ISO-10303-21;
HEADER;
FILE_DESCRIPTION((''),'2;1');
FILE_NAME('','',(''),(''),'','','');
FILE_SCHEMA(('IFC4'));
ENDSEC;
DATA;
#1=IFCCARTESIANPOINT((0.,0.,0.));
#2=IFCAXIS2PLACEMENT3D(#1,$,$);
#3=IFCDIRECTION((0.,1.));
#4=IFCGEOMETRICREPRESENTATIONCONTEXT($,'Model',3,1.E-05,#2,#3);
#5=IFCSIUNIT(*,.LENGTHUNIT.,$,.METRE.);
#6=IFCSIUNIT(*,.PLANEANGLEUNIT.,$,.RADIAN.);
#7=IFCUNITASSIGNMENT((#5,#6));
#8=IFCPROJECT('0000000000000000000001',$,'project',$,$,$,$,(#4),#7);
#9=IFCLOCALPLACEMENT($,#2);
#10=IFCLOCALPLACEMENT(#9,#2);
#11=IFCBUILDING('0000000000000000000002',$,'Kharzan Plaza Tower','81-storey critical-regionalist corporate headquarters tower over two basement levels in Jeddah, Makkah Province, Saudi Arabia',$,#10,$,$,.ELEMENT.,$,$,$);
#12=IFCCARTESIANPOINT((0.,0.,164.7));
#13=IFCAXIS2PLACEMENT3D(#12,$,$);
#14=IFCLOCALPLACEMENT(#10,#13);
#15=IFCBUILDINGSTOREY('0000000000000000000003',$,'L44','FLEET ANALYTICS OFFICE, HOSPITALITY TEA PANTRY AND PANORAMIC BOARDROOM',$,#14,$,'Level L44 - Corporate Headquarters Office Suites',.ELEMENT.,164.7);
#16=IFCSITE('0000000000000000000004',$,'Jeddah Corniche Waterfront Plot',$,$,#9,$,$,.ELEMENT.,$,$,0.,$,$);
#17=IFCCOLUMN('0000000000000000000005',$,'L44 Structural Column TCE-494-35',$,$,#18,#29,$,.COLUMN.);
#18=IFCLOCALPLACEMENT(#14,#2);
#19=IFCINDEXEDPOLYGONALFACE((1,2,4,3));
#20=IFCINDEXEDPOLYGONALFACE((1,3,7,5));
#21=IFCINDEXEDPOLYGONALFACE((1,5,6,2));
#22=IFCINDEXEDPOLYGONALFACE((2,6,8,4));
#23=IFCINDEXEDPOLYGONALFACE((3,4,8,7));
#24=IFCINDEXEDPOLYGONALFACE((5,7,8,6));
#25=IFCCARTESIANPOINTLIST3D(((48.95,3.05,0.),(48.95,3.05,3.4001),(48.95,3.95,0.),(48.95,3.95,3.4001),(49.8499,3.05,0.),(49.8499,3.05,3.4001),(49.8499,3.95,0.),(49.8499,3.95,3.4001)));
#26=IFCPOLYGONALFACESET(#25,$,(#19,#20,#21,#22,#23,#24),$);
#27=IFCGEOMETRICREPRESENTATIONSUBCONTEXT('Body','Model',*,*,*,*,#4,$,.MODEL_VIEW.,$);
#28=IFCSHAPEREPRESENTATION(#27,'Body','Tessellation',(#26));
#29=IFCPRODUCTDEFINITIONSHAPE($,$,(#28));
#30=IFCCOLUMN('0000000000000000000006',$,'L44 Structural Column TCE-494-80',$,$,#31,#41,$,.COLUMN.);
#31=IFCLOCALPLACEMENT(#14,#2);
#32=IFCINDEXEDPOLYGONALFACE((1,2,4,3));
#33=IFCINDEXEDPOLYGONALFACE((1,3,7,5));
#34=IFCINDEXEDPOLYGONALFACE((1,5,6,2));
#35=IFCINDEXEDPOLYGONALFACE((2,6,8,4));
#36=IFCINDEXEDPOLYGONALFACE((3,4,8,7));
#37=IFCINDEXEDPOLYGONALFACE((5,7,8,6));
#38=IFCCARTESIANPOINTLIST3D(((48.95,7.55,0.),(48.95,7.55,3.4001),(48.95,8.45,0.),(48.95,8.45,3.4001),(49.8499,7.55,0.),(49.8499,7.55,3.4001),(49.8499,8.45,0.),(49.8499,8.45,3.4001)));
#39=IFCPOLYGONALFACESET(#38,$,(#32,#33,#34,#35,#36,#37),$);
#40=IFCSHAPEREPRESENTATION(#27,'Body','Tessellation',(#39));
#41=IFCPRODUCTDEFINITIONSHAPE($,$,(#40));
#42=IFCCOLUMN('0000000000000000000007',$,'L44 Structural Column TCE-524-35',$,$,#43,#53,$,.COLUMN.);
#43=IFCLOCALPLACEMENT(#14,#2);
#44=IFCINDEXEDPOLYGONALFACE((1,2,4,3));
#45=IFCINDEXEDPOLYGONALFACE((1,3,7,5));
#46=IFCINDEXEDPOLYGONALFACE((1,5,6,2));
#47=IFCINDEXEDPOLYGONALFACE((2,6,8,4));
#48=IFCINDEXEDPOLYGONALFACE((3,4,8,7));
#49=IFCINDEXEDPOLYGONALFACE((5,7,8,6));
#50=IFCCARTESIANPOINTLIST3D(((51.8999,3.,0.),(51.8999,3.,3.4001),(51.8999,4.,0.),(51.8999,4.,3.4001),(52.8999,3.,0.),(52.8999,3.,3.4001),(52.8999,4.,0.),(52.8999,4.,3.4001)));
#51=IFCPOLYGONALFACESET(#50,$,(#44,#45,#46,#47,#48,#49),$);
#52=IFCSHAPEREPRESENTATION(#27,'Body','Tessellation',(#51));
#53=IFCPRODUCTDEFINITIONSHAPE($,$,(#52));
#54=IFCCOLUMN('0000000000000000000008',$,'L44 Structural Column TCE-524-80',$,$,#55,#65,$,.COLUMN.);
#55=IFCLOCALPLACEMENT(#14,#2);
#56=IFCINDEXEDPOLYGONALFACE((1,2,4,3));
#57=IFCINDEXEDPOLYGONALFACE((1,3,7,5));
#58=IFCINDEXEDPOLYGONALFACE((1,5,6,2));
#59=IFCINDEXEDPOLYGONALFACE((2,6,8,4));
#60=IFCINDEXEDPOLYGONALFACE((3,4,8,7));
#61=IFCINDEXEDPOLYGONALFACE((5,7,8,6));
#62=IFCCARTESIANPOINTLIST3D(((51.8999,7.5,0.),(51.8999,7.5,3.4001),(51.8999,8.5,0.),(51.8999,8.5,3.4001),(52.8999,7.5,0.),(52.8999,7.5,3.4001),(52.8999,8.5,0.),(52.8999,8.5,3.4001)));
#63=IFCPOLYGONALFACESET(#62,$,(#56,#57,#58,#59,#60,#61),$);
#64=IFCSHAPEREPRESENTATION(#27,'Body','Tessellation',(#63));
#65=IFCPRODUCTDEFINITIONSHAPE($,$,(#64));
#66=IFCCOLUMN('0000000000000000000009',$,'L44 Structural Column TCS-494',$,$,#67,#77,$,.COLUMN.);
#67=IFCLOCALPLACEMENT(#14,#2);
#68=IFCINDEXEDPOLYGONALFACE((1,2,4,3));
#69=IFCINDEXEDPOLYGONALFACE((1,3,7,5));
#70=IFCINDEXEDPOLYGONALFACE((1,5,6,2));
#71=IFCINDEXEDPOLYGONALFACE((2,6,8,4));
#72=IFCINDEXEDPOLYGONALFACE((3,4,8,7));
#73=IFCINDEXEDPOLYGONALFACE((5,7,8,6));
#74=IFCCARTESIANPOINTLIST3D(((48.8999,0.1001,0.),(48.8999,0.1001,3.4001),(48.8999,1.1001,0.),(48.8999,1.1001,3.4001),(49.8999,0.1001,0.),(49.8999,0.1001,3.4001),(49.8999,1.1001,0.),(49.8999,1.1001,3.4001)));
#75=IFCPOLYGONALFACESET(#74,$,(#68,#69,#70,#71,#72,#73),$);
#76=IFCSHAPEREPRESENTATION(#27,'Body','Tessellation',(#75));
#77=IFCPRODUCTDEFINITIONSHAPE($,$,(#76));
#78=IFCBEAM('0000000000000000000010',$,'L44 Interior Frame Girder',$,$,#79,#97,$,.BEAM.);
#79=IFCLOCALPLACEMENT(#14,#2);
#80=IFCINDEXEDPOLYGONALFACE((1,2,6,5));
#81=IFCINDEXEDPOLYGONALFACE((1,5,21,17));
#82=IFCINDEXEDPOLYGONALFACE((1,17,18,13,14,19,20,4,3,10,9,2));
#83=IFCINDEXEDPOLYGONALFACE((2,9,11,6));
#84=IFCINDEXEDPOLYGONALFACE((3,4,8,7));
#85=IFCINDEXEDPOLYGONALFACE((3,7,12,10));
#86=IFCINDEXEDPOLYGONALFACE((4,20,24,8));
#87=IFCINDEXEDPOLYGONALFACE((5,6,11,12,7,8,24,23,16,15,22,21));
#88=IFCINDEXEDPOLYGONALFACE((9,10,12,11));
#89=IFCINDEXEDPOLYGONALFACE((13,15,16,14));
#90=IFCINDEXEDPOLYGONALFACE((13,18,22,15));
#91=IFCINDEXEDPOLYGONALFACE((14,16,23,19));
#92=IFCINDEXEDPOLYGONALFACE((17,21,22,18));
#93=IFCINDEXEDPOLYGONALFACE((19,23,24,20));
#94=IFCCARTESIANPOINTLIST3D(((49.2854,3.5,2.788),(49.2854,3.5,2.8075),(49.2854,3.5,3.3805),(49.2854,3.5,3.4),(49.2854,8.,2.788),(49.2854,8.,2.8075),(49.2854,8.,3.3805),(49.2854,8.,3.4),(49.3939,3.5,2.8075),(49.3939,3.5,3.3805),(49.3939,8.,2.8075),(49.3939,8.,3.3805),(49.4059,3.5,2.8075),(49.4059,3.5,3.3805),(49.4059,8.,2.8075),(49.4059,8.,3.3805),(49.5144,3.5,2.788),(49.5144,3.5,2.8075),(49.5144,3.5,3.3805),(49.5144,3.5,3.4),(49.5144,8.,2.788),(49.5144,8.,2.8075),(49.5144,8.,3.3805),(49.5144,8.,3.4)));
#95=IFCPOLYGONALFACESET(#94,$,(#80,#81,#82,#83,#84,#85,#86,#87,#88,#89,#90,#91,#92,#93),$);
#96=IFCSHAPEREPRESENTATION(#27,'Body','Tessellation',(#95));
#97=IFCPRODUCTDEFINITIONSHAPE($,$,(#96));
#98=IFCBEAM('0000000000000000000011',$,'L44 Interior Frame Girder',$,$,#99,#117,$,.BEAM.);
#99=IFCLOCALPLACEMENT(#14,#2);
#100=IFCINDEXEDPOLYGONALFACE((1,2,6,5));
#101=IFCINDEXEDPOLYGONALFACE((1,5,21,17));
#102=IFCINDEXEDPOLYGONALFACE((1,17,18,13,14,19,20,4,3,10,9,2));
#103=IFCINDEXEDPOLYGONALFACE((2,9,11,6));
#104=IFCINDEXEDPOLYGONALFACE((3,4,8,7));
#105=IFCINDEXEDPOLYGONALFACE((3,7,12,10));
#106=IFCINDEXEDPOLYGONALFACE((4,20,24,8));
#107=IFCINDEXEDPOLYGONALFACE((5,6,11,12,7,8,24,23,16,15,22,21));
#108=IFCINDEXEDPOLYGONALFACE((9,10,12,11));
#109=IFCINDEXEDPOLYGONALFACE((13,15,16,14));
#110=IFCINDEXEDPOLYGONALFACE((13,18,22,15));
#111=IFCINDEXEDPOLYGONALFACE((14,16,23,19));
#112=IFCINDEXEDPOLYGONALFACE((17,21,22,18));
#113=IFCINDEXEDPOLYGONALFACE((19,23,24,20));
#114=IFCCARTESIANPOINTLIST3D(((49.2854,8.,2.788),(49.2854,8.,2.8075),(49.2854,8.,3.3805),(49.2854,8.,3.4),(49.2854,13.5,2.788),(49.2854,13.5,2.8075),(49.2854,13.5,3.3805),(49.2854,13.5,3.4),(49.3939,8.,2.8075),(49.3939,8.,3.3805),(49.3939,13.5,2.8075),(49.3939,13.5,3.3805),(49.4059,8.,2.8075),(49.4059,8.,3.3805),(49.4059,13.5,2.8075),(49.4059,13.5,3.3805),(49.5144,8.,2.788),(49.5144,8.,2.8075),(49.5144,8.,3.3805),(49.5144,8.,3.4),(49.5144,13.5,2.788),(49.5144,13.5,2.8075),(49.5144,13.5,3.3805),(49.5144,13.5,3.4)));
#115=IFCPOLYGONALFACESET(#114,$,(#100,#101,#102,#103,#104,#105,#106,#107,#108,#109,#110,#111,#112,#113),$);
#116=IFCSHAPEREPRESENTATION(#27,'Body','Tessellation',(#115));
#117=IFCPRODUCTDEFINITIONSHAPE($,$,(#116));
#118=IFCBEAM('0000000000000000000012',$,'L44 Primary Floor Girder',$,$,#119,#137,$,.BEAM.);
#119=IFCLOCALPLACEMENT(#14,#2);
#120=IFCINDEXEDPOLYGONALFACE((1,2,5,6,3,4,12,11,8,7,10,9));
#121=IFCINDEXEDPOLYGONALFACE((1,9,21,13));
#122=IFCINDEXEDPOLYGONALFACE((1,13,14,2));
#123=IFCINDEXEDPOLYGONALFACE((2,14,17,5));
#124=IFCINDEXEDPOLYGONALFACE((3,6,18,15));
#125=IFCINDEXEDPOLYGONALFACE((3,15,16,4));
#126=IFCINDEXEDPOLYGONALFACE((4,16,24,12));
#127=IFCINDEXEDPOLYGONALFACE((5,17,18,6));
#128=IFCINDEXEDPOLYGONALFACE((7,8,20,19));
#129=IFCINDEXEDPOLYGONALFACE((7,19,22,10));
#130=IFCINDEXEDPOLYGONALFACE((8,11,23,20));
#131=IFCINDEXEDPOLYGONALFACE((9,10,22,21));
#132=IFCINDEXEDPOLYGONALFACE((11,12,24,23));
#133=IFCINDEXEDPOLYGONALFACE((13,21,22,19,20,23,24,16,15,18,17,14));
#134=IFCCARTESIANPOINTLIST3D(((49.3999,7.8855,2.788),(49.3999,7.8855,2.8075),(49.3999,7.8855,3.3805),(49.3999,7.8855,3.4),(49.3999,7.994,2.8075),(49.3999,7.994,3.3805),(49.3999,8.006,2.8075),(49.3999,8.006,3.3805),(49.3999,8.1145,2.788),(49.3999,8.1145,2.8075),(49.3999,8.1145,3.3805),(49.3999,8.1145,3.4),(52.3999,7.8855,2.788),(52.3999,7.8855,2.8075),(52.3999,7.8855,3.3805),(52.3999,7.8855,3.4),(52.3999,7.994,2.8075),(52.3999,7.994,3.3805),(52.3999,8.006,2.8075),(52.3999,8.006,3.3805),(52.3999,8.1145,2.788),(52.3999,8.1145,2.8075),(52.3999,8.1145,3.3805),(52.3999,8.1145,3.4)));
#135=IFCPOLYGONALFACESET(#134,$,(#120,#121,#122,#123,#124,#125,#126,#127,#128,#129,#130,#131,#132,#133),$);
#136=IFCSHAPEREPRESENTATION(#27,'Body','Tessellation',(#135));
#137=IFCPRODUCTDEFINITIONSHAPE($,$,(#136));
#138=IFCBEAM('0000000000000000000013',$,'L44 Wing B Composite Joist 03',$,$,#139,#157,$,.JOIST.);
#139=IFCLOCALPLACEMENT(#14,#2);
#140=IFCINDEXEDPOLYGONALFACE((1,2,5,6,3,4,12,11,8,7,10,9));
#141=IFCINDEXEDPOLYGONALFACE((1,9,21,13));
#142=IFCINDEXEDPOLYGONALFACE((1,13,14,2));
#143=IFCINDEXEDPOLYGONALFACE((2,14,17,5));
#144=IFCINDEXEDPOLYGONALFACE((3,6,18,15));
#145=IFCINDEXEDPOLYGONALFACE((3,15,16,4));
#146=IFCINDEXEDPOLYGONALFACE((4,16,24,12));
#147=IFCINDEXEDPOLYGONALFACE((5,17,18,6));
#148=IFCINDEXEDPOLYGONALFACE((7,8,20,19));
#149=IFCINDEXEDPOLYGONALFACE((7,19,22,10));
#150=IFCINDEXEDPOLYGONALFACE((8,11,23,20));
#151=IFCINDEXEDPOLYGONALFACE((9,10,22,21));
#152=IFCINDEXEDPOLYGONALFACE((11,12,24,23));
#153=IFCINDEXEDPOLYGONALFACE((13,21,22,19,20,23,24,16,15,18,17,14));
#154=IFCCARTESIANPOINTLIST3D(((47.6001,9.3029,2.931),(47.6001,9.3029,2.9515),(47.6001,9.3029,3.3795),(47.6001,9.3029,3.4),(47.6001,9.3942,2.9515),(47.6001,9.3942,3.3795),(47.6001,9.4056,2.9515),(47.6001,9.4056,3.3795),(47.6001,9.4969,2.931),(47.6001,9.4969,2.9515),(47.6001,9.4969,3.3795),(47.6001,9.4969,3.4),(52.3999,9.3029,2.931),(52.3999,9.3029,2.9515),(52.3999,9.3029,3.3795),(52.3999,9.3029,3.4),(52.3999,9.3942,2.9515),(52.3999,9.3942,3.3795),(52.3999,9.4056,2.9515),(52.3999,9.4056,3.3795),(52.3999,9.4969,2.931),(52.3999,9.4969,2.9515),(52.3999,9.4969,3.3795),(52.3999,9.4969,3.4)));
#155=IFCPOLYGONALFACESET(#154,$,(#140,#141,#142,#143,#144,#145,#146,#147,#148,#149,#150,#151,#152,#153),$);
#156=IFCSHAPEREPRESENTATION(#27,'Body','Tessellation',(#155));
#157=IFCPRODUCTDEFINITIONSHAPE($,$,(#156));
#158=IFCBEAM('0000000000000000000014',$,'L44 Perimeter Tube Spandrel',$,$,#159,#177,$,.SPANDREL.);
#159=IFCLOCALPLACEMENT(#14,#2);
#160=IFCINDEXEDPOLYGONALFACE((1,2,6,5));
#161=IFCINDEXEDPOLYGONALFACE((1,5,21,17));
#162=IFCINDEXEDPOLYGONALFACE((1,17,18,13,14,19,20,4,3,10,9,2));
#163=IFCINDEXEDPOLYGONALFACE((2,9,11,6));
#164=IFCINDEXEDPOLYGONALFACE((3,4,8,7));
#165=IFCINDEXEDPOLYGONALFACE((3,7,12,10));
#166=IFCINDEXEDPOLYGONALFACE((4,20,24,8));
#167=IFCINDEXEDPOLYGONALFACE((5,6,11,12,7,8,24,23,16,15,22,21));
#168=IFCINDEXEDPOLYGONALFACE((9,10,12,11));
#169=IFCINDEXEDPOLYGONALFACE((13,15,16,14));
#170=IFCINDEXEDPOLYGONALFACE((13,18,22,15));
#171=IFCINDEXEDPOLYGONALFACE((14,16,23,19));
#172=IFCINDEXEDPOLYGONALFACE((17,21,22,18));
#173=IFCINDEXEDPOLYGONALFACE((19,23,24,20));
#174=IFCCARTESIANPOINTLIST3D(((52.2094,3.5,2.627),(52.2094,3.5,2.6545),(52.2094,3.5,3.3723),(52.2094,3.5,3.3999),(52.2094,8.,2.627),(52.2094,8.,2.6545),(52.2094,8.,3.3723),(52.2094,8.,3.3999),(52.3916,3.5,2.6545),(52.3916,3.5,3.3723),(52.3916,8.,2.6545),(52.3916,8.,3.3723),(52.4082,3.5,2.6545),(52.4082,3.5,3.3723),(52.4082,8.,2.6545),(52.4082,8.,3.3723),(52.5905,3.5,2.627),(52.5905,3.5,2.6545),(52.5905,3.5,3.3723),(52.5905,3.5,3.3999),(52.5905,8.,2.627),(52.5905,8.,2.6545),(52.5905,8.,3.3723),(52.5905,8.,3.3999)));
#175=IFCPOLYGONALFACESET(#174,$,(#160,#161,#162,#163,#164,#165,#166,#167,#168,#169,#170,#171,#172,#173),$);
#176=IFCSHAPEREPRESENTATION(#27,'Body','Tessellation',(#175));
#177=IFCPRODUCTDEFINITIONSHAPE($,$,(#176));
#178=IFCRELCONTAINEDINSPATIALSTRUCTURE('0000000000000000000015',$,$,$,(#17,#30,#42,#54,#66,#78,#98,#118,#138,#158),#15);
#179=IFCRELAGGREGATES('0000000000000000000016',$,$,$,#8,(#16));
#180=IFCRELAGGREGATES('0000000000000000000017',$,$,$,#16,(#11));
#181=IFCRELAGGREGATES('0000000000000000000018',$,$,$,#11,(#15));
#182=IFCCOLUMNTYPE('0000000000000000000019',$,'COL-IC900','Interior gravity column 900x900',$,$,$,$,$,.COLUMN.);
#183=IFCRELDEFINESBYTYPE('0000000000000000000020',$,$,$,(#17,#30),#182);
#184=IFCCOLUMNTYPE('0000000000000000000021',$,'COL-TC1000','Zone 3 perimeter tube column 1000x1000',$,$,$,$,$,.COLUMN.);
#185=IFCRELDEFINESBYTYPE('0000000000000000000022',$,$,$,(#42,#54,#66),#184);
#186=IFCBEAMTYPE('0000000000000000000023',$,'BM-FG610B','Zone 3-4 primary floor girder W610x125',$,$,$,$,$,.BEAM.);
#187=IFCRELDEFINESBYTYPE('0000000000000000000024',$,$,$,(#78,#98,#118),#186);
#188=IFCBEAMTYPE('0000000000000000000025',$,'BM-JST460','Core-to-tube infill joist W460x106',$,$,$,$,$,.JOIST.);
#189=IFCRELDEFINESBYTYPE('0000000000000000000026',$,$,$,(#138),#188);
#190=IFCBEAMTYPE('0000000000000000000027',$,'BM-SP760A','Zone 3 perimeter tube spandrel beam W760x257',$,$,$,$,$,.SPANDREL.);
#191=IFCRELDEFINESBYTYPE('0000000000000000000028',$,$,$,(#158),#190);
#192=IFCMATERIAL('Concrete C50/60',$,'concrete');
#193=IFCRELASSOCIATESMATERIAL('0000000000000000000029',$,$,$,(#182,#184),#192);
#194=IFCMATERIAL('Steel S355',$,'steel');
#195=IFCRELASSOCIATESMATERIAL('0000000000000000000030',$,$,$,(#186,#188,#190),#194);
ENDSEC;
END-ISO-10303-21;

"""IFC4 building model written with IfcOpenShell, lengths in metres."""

from ifc_helpers import new_model, si_unit, direction, frame, origin, origin_2d, place, context, subcontext, project, spatial, rectangle, i_section, extrude, source, transform, mapped, material, material_profile, profile_set, type_object, element, save


model = new_model("IFC4")

# Units and contexts
model_context = context("Model", 3, precision=1e-05, world=origin(), true_north=direction((0.0, 1.0)))
body_context = subcontext(model_context, "Body", "Model", "MODEL_VIEW")
ifc_project = project(units=[si_unit("LENGTHUNIT", "METRE"), si_unit("PLANEANGLEUNIT", "RADIAN")], contexts=[model_context])

# Site, building, storey
site_placement = place(None, origin())
site = spatial("IfcSite", under=ifc_project, at=site_placement, Name="Jeddah Corniche Waterfront Plot", CompositionType="ELEMENT", RefElevation=0.0)
building_placement = place(site_placement, origin())
building = spatial("IfcBuilding", under=site, at=building_placement, Name="Kharzan Plaza Tower", Description="81-storey critical-regionalist corporate headquarters tower over two basement levels in Jeddah, Makkah Province, Saudi Arabia", CompositionType="ELEMENT")
storey_placement = place(building_placement, frame((0.0, 0.0, 164.7)))
storey = spatial("IfcBuildingStorey", under=building, at=storey_placement, Name="L44", Description="FLEET ANALYTICS OFFICE, HOSPITALITY TEA PANTRY AND PANORAMIC BOARDROOM", LongName="Level L44 - Corporate Headquarters Office Suites", CompositionType="ELEMENT", Elevation=164.7)

# Columns
ifc_material_1 = material(Name="Concrete C50/60", Category="concrete")
ifc_material_profile_1 = material_profile(ifc_material_1, rectangle(XDim=0.8999, YDim=0.8999, at=origin_2d()), Name="RC-IC900x900")
ifc_profile_set_1 = profile_set([ifc_material_profile_1], Name="Concrete C50/60")
column_type_1 = type_object("IfcColumnType", Name="COL-IC900", Description="Interior gravity column 900x900", PredefinedType="COLUMN", material=ifc_profile_set_1)
shared_shape_1 = source(origin(), body_context, "Body", "SweptSolid", [
    extrude(rectangle(XDim=0.8999, YDim=0.8999, at=origin_2d()), origin(), (0.0, 0.0, 1.0), 3.4001),
])
for number, where, z_axis, x_axis, name in (
    (1, (49.3999, 3.5, 0.0), (0.0, 0.0, 1.0), (1.0, 0.0, 0.0), "L44 Structural Column TCE-494-35"),
    (2, (49.3999, 8.0, 0.0), (0.0, 0.0, 1.0), (1.0, 0.0, 0.0), "L44 Structural Column TCE-494-80"),
):
    element("IfcColumn", number, at=place(storey_placement, frame(where, z_axis=z_axis, x_axis=x_axis)), inside=storey, type_object=column_type_1, Name=name, PredefinedType="COLUMN", context=body_context, shape_type="MappedRepresentation", body=[
        mapped(shared_shape_1, transform((0.0, 0.0, 0.0), x_axis=(1.0, 0.0, 0.0), y_axis=(0.0, 1.0, 0.0), z_axis=(0.0, 0.0, 1.0))),
    ])
ifc_material_profile_2 = material_profile(ifc_material_1, rectangle(XDim=1.0, YDim=1.0, at=origin_2d()), Name="RC-TC1000x1000")
ifc_profile_set_2 = profile_set([ifc_material_profile_2], Name="Concrete C50/60")
column_type_2 = type_object("IfcColumnType", Name="COL-TC1000", Description="Zone 3 perimeter tube column 1000x1000", PredefinedType="COLUMN", material=ifc_profile_set_2)
shared_shape_2 = source(origin(), body_context, "Body", "SweptSolid", [
    extrude(rectangle(XDim=1.0, YDim=1.0, at=origin_2d()), origin(), (0.0, 0.0, 1.0), 3.4001),
])
for number, where, z_axis, x_axis, name in (
    (3, (52.3999, 3.5, 0.0), (0.0, 0.0, 1.0), (1.0, 0.0, 0.0), "L44 Structural Column TCE-524-35"),
    (4, (52.3999, 8.0, 0.0), (0.0, 0.0, 1.0), (1.0, 0.0, 0.0), "L44 Structural Column TCE-524-80"),
    (5, (49.3999, 0.6001, 0.0), (0.0, 0.0, 1.0), (1.0, 0.0, 0.0), "L44 Structural Column TCS-494"),
):
    element("IfcColumn", number, at=place(storey_placement, frame(where, z_axis=z_axis, x_axis=x_axis)), inside=storey, type_object=column_type_2, Name=name, PredefinedType="COLUMN", context=body_context, shape_type="MappedRepresentation", body=[
        mapped(shared_shape_2, transform((0.0, 0.0, 0.0), x_axis=(1.0, 0.0, 0.0), y_axis=(0.0, 1.0, 0.0), z_axis=(0.0, 0.0, 1.0))),
    ])

# Beams
ifc_material_2 = material(Name="Steel S355", Category="steel")
ifc_material_profile_3 = material_profile(ifc_material_2, i_section(OverallWidth=0.229, OverallDepth=0.6121, WebThickness=0.012, FlangeThickness=0.0195, at=origin_2d()), Name="W610x125")
ifc_profile_set_3 = profile_set([ifc_material_profile_3], Name="Steel S355")
beam_type_1 = type_object("IfcBeamType", Name="BM-FG610B", Description="Zone 3-4 primary floor girder W610x125", PredefinedType="BEAM", material=ifc_profile_set_3)
shared_shape_3 = source(origin(), body_context, "Body", "SweptSolid", [
    extrude(i_section(OverallWidth=0.229, OverallDepth=0.6121, WebThickness=0.012, FlangeThickness=0.0195, at=origin_2d()), origin(), (0.0, 0.0, 1.0), 4.5),
])
beam_1_placement = place(storey_placement, frame((49.3999, 3.5, 3.094), z_axis=(0.0, 1.0, 0.0), x_axis=(-1.0, 0.0, 0.0)))
element("IfcBeam", 6, at=beam_1_placement, inside=storey, type_object=beam_type_1, Name="L44 Interior Frame Girder", PredefinedType="BEAM", context=body_context, shape_type="MappedRepresentation", body=[
    mapped(shared_shape_3, transform((0.0, 0.0, 0.0), x_axis=(1.0, 0.0, 0.0), y_axis=(0.0, 1.0, 0.0), z_axis=(0.0, 0.0, 1.0))),
])
shared_shape_4 = source(origin(), body_context, "Body", "SweptSolid", [
    extrude(i_section(OverallWidth=0.229, OverallDepth=0.6121, WebThickness=0.012, FlangeThickness=0.0195, at=origin_2d()), origin(), (0.0, 0.0, 1.0), 5.5),
])
beam_2_placement = place(storey_placement, frame((49.3999, 8.0, 3.094), z_axis=(0.0, 1.0, 0.0), x_axis=(-1.0, 0.0, 0.0)))
element("IfcBeam", 7, at=beam_2_placement, inside=storey, type_object=beam_type_1, Name="L44 Interior Frame Girder", PredefinedType="BEAM", context=body_context, shape_type="MappedRepresentation", body=[
    mapped(shared_shape_4, transform((0.0, 0.0, 0.0), x_axis=(1.0, 0.0, 0.0), y_axis=(0.0, 1.0, 0.0), z_axis=(0.0, 0.0, 1.0))),
])
shared_shape_5 = source(origin(), body_context, "Body", "SweptSolid", [
    extrude(i_section(OverallWidth=0.229, OverallDepth=0.6121, WebThickness=0.012, FlangeThickness=0.0195, at=origin_2d()), origin(), (0.0, 0.0, 1.0), 3.0),
])
beam_3_placement = place(storey_placement, frame((49.3999, 8.0, 3.094), z_axis=(1.0, 0.0, 0.0), x_axis=(0.0, 1.0, 0.0)))
element("IfcBeam", 8, at=beam_3_placement, inside=storey, type_object=beam_type_1, Name="L44 Primary Floor Girder", PredefinedType="BEAM", context=body_context, shape_type="MappedRepresentation", body=[
    mapped(shared_shape_5, transform((0.0, 0.0, 0.0), x_axis=(1.0, 0.0, 0.0), y_axis=(0.0, 1.0, 0.0), z_axis=(0.0, 0.0, 1.0))),
])
ifc_material_profile_4 = material_profile(ifc_material_2, i_section(OverallWidth=0.1941, OverallDepth=0.469, WebThickness=0.0115, FlangeThickness=0.0205, at=origin_2d()), Name="W460x106")
ifc_profile_set_4 = profile_set([ifc_material_profile_4], Name="Steel S355")
beam_type_2 = type_object("IfcBeamType", Name="BM-JST460", Description="Core-to-tube infill joist W460x106", PredefinedType="JOIST", material=ifc_profile_set_4)
shared_shape_6 = source(origin(), body_context, "Body", "SweptSolid", [
    extrude(i_section(OverallWidth=0.1941, OverallDepth=0.469, WebThickness=0.0115, FlangeThickness=0.0205, at=origin_2d()), origin(), (0.0, 0.0, 1.0), 4.7998),
])
beam_4_placement = place(storey_placement, frame((47.6001, 9.3999, 3.1655), z_axis=(1.0, 0.0, 0.0), x_axis=(0.0, 1.0, 0.0)))
element("IfcBeam", 9, at=beam_4_placement, inside=storey, type_object=beam_type_2, Name="L44 Wing B Composite Joist 03", PredefinedType="JOIST", context=body_context, shape_type="MappedRepresentation", body=[
    mapped(shared_shape_6, transform((0.0, 0.0, 0.0), x_axis=(1.0, 0.0, 0.0), y_axis=(0.0, 1.0, 0.0), z_axis=(0.0, 0.0, 1.0))),
])
ifc_material_profile_5 = material_profile(ifc_material_2, i_section(OverallWidth=0.3811, OverallDepth=0.7729, WebThickness=0.0166, FlangeThickness=0.0276, at=origin_2d()), Name="W760x257")
ifc_profile_set_5 = profile_set([ifc_material_profile_5], Name="Steel S355")
beam_type_3 = type_object("IfcBeamType", Name="BM-SP760A", Description="Zone 3 perimeter tube spandrel beam W760x257", PredefinedType="SPANDREL", material=ifc_profile_set_5)
shared_shape_7 = source(origin(), body_context, "Body", "SweptSolid", [
    extrude(i_section(OverallWidth=0.3811, OverallDepth=0.7729, WebThickness=0.0166, FlangeThickness=0.0276, at=origin_2d()), origin(), (0.0, 0.0, 1.0), 4.5),
])
beam_5_placement = place(storey_placement, frame((52.3999, 3.5, 3.0134), z_axis=(0.0, 1.0, 0.0), x_axis=(-1.0, 0.0, 0.0)))
element("IfcBeam", 10, at=beam_5_placement, inside=storey, type_object=beam_type_3, Name="L44 Perimeter Tube Spandrel", PredefinedType="SPANDREL", context=body_context, shape_type="MappedRepresentation", body=[
    mapped(shared_shape_7, transform((0.0, 0.0, 0.0), x_axis=(1.0, 0.0, 0.0), y_axis=(0.0, 1.0, 0.0), z_axis=(0.0, 0.0, 1.0))),
])

save(model, "model.ifc")
